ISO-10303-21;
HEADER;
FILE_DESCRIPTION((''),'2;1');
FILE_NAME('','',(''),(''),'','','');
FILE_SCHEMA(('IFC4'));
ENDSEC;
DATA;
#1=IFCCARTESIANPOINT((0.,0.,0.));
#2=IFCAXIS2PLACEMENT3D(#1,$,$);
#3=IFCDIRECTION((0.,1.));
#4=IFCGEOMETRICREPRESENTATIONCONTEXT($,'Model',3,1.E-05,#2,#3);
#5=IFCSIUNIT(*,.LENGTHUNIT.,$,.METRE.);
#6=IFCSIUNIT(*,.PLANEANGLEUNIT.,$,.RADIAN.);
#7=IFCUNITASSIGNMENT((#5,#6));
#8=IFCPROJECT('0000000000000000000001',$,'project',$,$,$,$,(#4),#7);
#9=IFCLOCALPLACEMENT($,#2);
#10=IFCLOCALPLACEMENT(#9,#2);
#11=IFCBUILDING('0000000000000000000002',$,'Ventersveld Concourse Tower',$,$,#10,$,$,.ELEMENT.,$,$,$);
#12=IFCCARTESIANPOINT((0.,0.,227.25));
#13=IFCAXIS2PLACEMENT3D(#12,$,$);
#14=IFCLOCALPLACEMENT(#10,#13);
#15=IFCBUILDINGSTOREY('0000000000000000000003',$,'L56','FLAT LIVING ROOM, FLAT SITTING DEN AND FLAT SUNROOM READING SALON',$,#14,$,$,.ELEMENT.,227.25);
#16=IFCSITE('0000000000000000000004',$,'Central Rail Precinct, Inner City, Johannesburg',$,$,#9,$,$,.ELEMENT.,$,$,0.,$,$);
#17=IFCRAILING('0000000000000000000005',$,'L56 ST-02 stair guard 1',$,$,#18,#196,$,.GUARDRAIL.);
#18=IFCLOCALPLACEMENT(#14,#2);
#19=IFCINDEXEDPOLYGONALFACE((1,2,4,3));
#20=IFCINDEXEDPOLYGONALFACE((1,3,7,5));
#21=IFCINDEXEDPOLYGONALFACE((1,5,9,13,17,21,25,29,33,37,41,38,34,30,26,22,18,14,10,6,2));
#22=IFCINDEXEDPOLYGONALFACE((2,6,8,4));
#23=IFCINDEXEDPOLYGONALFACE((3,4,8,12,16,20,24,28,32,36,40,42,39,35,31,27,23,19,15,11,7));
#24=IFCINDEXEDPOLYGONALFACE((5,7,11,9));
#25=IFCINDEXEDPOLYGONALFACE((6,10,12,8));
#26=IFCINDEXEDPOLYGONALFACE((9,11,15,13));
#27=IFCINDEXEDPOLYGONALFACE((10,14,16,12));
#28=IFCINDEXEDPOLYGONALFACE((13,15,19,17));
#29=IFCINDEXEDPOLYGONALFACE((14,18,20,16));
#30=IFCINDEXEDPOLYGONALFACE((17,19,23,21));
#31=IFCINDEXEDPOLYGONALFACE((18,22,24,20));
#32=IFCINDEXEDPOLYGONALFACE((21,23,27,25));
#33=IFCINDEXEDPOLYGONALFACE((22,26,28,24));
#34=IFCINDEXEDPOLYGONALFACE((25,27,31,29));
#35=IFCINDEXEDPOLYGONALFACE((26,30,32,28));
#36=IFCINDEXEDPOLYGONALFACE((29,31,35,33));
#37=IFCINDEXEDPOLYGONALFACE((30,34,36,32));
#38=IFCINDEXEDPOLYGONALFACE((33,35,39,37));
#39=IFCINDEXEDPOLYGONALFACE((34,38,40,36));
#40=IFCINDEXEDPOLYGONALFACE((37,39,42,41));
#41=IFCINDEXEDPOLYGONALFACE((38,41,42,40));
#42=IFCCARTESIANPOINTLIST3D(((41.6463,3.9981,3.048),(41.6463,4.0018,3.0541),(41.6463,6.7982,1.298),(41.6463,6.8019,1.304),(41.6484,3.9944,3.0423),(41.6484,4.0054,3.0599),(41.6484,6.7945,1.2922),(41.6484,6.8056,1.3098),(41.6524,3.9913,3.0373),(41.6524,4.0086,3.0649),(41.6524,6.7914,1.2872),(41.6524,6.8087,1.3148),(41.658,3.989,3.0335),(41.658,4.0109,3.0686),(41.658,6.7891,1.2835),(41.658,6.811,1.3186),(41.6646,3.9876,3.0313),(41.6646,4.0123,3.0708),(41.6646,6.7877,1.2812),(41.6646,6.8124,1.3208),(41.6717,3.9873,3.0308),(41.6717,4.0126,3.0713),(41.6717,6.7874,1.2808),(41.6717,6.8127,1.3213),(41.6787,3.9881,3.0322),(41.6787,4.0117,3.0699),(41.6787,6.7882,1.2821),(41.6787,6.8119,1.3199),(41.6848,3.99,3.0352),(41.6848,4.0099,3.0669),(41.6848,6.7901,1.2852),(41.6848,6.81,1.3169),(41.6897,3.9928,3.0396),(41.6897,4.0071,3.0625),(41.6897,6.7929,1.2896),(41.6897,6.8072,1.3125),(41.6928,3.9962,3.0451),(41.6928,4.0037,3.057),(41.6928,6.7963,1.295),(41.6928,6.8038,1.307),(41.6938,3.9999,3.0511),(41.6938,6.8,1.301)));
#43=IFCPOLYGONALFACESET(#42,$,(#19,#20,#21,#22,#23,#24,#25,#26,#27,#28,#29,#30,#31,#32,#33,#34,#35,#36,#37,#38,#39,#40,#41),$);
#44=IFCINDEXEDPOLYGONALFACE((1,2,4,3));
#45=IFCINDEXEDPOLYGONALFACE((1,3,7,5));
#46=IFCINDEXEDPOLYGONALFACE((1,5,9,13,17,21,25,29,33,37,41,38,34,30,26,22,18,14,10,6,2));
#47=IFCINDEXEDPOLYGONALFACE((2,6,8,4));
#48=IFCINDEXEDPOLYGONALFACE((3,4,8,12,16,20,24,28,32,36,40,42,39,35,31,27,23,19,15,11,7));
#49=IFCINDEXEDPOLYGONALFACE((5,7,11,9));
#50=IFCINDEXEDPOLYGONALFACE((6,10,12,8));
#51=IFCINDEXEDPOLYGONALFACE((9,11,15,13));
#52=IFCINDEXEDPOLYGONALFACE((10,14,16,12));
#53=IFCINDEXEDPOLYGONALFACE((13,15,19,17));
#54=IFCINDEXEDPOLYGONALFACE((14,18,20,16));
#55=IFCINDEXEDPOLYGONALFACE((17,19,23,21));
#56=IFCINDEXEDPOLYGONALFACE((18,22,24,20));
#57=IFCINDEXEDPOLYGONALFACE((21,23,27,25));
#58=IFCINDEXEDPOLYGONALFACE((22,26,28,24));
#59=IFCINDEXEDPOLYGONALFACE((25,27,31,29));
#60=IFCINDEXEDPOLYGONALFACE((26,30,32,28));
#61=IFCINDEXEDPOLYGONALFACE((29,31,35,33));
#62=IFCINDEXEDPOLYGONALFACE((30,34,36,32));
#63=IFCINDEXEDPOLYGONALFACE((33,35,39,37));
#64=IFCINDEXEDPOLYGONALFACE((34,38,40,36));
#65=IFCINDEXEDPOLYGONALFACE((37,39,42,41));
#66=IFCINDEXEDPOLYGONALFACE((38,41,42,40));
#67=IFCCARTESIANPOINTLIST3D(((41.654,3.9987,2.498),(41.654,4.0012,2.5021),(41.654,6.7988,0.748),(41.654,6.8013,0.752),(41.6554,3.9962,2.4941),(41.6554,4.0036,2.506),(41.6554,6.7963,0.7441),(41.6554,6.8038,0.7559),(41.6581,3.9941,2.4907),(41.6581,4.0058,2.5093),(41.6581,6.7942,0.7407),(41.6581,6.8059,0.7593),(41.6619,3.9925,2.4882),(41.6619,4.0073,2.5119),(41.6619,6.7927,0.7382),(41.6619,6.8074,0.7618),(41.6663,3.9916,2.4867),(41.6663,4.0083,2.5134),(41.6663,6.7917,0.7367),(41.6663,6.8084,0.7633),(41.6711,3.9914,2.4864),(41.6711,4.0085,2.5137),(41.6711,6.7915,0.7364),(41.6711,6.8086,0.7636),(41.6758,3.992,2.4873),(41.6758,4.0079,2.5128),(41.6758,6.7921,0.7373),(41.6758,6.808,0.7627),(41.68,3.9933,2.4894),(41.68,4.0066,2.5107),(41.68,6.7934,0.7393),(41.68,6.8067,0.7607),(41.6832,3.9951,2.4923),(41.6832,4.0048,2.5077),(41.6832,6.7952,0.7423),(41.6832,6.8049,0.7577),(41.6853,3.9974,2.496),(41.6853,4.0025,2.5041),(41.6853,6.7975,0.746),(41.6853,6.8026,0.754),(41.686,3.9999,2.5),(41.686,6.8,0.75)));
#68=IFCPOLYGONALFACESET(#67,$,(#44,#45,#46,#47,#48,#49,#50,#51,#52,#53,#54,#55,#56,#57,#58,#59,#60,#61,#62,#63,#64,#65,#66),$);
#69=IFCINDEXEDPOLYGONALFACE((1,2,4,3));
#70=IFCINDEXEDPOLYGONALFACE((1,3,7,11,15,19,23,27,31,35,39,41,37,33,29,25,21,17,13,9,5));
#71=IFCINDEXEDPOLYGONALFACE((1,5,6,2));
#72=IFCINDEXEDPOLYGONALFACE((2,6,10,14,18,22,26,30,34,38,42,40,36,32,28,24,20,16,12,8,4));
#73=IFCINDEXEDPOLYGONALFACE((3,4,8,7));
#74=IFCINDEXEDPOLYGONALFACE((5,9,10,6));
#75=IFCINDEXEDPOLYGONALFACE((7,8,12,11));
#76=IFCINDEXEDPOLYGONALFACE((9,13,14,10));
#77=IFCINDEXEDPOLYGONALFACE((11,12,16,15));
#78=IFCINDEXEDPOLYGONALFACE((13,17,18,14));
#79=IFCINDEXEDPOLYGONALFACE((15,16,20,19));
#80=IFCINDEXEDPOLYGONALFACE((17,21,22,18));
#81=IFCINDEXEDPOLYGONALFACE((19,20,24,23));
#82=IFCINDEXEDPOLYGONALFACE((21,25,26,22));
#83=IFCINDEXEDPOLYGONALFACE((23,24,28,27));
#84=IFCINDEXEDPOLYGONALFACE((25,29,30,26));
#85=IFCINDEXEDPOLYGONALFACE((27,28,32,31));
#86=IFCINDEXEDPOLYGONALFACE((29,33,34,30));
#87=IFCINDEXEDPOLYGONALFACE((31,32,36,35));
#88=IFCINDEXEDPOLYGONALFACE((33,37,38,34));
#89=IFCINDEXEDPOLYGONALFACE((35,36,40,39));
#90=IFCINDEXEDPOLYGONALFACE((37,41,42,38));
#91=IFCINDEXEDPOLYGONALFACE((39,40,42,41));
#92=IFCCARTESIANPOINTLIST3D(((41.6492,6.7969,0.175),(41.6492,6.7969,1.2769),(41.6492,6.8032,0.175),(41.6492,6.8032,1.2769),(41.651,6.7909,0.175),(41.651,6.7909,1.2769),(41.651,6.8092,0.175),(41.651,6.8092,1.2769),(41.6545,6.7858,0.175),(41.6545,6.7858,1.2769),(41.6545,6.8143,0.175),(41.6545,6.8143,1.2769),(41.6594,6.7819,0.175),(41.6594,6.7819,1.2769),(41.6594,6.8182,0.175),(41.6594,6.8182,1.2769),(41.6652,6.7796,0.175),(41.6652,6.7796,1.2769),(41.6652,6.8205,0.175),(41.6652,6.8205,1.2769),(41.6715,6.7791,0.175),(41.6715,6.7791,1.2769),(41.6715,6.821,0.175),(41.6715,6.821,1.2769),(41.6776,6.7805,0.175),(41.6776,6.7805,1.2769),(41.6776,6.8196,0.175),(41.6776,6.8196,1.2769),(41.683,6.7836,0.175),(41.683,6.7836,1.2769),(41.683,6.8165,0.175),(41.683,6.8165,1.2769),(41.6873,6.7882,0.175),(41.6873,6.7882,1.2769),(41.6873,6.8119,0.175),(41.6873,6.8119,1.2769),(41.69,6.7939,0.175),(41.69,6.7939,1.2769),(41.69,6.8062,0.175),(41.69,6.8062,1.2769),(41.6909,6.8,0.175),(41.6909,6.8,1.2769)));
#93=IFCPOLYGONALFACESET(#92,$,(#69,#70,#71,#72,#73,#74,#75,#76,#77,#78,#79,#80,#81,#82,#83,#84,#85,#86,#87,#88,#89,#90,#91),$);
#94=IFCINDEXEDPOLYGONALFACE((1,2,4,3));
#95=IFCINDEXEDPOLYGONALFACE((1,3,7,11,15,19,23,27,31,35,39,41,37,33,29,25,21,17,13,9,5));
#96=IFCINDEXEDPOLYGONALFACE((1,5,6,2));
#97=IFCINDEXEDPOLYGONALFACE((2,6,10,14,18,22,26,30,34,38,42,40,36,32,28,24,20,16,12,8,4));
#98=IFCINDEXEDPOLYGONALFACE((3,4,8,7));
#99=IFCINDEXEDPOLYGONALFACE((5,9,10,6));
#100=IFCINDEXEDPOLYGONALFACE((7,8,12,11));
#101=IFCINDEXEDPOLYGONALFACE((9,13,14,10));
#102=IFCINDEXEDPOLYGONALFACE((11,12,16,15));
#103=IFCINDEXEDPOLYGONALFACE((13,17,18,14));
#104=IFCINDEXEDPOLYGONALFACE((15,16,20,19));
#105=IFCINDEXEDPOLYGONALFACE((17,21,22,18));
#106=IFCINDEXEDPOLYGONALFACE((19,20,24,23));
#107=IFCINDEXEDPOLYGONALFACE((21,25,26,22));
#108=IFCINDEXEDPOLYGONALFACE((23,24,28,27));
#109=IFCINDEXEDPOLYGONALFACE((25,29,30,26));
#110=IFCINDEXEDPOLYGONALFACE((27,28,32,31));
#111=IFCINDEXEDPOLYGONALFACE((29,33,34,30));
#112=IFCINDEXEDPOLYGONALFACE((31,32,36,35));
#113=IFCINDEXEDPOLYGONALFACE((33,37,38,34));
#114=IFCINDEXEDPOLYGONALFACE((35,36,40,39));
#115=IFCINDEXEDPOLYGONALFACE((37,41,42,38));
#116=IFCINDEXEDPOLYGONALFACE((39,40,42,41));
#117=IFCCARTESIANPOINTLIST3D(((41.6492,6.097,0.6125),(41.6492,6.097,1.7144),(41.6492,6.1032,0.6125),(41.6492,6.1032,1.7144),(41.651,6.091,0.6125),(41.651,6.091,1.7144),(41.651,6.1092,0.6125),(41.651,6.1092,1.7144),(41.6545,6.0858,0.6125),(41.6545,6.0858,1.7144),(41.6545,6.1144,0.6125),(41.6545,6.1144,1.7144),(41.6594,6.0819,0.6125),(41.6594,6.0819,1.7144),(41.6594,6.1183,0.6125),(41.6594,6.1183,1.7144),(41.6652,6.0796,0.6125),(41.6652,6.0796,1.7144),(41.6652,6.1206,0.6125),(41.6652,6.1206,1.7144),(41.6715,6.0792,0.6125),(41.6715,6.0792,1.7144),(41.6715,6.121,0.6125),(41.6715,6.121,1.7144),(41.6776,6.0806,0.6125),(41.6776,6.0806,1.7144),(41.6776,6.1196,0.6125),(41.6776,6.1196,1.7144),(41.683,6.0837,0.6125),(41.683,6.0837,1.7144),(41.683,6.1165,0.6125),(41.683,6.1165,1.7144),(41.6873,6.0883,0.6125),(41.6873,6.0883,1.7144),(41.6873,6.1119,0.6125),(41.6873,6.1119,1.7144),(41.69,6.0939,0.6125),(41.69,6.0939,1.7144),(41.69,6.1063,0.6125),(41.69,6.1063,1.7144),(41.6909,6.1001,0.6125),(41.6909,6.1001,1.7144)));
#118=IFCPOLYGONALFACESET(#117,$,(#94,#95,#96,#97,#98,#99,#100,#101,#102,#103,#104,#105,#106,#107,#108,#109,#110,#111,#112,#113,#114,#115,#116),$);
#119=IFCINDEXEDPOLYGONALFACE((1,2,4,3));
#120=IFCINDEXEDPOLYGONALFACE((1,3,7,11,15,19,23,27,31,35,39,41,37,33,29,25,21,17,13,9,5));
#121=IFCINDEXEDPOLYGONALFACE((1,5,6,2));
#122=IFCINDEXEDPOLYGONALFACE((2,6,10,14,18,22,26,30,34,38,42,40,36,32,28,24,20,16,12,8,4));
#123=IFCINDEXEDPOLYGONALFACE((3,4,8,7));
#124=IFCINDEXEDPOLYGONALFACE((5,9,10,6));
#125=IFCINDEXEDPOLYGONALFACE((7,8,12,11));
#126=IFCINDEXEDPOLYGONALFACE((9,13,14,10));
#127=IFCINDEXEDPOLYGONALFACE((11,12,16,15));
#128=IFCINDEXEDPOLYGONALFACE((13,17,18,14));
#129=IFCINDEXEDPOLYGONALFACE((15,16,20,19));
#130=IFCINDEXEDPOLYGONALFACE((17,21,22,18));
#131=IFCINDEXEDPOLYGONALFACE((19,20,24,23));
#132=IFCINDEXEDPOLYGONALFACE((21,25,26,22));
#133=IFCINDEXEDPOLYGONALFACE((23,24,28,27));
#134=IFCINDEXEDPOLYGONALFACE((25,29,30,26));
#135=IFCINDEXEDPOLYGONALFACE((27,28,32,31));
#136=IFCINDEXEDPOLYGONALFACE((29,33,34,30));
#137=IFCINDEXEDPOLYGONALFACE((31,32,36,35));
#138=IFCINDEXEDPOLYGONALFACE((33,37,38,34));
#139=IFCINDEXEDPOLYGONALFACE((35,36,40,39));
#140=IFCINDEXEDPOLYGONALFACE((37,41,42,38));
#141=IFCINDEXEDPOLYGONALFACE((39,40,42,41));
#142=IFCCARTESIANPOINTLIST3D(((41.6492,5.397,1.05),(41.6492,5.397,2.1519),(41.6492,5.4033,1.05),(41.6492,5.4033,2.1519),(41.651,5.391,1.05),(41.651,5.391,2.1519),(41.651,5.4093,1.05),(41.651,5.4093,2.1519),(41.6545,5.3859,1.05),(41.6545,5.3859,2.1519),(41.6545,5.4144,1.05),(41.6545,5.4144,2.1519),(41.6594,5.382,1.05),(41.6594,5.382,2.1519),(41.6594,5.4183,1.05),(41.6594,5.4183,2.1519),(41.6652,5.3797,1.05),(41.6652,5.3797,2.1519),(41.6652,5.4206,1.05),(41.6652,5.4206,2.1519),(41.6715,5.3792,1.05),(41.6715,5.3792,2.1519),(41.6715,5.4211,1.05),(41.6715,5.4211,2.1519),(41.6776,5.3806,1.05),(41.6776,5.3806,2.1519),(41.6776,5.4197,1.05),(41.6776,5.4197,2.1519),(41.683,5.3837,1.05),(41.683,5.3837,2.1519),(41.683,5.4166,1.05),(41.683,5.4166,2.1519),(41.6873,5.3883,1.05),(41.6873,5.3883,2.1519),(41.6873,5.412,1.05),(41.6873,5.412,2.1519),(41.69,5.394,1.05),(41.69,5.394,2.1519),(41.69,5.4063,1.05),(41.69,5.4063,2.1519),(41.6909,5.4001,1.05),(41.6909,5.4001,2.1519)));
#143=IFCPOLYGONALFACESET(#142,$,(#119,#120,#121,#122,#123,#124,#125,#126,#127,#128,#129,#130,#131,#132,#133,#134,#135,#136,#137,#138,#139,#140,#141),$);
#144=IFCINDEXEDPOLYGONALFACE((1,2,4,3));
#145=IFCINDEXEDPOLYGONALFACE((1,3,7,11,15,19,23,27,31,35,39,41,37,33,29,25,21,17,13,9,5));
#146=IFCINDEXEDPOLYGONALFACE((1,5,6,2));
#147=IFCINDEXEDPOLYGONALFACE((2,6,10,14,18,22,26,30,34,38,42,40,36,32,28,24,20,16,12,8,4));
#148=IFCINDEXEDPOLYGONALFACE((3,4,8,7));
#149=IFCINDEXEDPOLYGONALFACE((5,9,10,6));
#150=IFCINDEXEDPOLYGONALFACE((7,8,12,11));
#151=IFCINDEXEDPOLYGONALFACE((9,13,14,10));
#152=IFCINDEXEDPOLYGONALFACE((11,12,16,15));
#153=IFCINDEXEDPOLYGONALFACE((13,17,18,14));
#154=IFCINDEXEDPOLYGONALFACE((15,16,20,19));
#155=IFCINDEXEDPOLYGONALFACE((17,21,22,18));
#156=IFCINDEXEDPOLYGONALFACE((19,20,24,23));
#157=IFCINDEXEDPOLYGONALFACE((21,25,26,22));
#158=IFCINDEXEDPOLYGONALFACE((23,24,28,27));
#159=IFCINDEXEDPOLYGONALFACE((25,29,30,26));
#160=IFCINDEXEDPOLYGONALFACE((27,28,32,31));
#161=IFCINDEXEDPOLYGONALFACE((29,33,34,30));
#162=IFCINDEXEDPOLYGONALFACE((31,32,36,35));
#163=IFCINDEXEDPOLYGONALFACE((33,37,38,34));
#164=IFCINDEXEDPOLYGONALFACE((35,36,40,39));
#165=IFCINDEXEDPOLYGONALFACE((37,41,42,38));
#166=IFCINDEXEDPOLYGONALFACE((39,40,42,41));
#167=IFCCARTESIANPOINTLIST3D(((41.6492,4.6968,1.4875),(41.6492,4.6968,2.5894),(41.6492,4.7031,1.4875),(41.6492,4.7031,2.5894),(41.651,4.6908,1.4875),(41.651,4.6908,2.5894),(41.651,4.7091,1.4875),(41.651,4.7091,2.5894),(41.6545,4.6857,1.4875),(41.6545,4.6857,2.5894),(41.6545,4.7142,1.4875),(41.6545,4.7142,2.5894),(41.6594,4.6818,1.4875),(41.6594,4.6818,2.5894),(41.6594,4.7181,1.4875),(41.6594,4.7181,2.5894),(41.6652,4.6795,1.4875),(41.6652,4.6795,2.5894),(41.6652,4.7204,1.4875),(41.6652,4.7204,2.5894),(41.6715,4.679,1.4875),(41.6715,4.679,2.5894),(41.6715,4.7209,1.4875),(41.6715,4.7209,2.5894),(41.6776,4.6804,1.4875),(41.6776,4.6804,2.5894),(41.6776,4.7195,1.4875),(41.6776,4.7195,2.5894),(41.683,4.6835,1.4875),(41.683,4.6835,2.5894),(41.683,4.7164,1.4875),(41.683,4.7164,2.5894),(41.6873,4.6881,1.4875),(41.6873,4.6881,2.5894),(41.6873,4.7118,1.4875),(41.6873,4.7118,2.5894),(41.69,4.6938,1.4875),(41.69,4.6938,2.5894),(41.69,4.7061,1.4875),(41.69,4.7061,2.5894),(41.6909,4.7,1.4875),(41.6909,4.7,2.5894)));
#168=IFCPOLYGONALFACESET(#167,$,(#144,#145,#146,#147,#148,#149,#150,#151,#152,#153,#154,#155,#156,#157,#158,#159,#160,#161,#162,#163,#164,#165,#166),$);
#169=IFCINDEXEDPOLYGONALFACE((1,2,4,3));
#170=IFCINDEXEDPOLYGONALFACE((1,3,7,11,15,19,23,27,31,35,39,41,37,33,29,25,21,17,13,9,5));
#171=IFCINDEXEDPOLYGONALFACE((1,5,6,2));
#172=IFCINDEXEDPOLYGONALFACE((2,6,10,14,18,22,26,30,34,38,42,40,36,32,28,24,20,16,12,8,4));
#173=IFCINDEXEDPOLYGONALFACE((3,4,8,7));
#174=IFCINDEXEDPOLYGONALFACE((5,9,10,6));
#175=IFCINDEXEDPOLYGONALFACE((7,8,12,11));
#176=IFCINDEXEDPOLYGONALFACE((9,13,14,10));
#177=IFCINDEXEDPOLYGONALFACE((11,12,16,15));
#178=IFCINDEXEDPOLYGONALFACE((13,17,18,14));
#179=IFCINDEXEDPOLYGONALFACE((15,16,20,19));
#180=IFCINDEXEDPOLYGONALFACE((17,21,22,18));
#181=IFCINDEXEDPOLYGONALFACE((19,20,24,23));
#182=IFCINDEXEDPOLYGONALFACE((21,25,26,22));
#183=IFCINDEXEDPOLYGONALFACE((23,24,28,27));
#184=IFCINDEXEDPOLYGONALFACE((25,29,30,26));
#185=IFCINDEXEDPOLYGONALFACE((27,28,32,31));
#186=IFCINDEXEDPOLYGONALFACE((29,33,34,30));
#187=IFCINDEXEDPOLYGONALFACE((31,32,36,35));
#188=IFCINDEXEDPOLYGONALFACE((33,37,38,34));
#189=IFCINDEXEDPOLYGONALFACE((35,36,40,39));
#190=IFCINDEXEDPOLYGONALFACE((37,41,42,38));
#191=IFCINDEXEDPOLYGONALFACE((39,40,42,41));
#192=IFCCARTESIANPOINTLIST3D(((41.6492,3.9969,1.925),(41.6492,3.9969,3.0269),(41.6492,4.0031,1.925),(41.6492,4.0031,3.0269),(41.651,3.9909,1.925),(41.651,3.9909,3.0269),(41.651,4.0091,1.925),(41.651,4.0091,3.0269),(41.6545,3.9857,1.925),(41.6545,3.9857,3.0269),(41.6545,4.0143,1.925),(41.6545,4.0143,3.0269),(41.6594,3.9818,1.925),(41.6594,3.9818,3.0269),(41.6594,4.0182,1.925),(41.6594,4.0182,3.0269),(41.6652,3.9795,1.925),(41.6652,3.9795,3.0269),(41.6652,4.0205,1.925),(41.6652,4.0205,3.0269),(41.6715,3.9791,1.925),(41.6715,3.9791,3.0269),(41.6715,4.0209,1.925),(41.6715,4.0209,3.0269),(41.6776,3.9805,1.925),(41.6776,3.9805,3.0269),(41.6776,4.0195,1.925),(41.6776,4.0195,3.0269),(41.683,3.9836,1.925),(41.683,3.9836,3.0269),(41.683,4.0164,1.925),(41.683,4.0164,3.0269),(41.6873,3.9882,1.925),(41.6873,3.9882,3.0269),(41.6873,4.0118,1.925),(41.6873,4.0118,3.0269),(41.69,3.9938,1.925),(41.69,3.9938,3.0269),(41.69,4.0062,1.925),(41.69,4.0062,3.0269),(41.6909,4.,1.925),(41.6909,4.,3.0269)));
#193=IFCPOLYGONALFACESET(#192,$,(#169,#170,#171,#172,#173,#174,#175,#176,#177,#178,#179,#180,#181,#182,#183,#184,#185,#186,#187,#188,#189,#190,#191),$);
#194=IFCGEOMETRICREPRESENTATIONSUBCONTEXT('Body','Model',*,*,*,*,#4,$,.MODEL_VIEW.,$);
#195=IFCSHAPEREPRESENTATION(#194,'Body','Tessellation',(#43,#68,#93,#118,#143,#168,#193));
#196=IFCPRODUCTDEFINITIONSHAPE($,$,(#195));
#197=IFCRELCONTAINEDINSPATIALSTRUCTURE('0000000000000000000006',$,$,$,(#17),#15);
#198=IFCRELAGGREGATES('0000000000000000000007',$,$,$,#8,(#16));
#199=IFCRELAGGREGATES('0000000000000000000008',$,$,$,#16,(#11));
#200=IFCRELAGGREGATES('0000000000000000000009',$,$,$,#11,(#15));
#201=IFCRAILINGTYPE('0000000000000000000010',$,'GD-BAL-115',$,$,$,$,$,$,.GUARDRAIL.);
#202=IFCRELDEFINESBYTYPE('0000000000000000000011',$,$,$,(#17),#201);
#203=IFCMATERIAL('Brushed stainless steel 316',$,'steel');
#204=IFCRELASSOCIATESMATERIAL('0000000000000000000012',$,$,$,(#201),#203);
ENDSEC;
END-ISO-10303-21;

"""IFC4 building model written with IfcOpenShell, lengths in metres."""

from ifc_helpers import new_model, si_unit, direction, frame, origin, origin_2d, place, context, subcontext, project, spatial, circle, extrude, material, type_object, element, save


model = new_model("IFC4")

# Units and contexts
model_context = context("Model", 3, precision=1e-05, world=origin(), true_north=direction((0.0, 1.0)))
body_context = subcontext(model_context, "Body", "Model", "MODEL_VIEW")
ifc_project = project(units=[si_unit("LENGTHUNIT", "METRE"), si_unit("PLANEANGLEUNIT", "RADIAN")], contexts=[model_context])

# Site, building, storey
site_placement = place(None, origin())
site = spatial("IfcSite", under=ifc_project, at=site_placement, Name="Central Rail Precinct, Inner City, Johannesburg", CompositionType="ELEMENT", RefElevation=0.0)
building_placement = place(site_placement, origin())
building = spatial("IfcBuilding", under=site, at=building_placement, Name="Ventersveld Concourse Tower", CompositionType="ELEMENT")
storey_placement = place(building_placement, frame((0.0, 0.0, 227.25)))
storey = spatial("IfcBuildingStorey", under=building, at=storey_placement, Name="L56", Description="FLAT LIVING ROOM, FLAT SITTING DEN AND FLAT SUNROOM READING SALON", CompositionType="ELEMENT", Elevation=227.25)

# Railing
ifc_material_1 = material(Name="Brushed stainless steel 316", Category="steel")
railing_type_1 = type_object("IfcRailingType", Name="GD-BAL-115", PredefinedType="GUARDRAIL", material=ifc_material_1)
railing_1_placement = place(storey_placement, frame((41.6699, 6.8, 0.175)))
element("IfcRailing", 1, at=railing_1_placement, inside=storey, type_object=railing_type_1, Name="L56 ST-02 stair guard 1", PredefinedType="GUARDRAIL", context=body_context, shape_type="SweptSolid", body=[
    extrude(circle(Radius=0.0239, at=origin_2d()), frame((0.0, 0.0, 1.126), z_axis=(0.0, -0.848002, 0.529992), x_axis=(1.0, 0.0, 0.0)), (0.0, 0.0, 1.0), 3.302),
    extrude(circle(Radius=0.0161, at=origin_2d()), frame((0.0, 0.0, 0.575), z_axis=(0.0, -0.848002, 0.529992), x_axis=(1.0, 0.0, 0.0)), (0.0, 0.0, 1.0), 3.302),
    extrude(circle(Radius=0.021, at=origin_2d()), origin(), (0.0, 0.0, 1.0), 1.1018),
    extrude(circle(Radius=0.021, at=origin_2d()), frame((0.0, -0.7, 0.4375)), (0.0, 0.0, 1.0), 1.1018),
    extrude(circle(Radius=0.021, at=origin_2d()), frame((0.0, -1.3999, 0.875)), (0.0, 0.0, 1.0), 1.1018),
    extrude(circle(Radius=0.021, at=origin_2d()), frame((0.0, -2.1001, 1.3125)), (0.0, 0.0, 1.0), 1.1018),
    extrude(circle(Radius=0.021, at=origin_2d()), frame((0.0, -2.8, 1.75)), (0.0, 0.0, 1.0), 1.1018),
])

save(model, "model.ifc")
